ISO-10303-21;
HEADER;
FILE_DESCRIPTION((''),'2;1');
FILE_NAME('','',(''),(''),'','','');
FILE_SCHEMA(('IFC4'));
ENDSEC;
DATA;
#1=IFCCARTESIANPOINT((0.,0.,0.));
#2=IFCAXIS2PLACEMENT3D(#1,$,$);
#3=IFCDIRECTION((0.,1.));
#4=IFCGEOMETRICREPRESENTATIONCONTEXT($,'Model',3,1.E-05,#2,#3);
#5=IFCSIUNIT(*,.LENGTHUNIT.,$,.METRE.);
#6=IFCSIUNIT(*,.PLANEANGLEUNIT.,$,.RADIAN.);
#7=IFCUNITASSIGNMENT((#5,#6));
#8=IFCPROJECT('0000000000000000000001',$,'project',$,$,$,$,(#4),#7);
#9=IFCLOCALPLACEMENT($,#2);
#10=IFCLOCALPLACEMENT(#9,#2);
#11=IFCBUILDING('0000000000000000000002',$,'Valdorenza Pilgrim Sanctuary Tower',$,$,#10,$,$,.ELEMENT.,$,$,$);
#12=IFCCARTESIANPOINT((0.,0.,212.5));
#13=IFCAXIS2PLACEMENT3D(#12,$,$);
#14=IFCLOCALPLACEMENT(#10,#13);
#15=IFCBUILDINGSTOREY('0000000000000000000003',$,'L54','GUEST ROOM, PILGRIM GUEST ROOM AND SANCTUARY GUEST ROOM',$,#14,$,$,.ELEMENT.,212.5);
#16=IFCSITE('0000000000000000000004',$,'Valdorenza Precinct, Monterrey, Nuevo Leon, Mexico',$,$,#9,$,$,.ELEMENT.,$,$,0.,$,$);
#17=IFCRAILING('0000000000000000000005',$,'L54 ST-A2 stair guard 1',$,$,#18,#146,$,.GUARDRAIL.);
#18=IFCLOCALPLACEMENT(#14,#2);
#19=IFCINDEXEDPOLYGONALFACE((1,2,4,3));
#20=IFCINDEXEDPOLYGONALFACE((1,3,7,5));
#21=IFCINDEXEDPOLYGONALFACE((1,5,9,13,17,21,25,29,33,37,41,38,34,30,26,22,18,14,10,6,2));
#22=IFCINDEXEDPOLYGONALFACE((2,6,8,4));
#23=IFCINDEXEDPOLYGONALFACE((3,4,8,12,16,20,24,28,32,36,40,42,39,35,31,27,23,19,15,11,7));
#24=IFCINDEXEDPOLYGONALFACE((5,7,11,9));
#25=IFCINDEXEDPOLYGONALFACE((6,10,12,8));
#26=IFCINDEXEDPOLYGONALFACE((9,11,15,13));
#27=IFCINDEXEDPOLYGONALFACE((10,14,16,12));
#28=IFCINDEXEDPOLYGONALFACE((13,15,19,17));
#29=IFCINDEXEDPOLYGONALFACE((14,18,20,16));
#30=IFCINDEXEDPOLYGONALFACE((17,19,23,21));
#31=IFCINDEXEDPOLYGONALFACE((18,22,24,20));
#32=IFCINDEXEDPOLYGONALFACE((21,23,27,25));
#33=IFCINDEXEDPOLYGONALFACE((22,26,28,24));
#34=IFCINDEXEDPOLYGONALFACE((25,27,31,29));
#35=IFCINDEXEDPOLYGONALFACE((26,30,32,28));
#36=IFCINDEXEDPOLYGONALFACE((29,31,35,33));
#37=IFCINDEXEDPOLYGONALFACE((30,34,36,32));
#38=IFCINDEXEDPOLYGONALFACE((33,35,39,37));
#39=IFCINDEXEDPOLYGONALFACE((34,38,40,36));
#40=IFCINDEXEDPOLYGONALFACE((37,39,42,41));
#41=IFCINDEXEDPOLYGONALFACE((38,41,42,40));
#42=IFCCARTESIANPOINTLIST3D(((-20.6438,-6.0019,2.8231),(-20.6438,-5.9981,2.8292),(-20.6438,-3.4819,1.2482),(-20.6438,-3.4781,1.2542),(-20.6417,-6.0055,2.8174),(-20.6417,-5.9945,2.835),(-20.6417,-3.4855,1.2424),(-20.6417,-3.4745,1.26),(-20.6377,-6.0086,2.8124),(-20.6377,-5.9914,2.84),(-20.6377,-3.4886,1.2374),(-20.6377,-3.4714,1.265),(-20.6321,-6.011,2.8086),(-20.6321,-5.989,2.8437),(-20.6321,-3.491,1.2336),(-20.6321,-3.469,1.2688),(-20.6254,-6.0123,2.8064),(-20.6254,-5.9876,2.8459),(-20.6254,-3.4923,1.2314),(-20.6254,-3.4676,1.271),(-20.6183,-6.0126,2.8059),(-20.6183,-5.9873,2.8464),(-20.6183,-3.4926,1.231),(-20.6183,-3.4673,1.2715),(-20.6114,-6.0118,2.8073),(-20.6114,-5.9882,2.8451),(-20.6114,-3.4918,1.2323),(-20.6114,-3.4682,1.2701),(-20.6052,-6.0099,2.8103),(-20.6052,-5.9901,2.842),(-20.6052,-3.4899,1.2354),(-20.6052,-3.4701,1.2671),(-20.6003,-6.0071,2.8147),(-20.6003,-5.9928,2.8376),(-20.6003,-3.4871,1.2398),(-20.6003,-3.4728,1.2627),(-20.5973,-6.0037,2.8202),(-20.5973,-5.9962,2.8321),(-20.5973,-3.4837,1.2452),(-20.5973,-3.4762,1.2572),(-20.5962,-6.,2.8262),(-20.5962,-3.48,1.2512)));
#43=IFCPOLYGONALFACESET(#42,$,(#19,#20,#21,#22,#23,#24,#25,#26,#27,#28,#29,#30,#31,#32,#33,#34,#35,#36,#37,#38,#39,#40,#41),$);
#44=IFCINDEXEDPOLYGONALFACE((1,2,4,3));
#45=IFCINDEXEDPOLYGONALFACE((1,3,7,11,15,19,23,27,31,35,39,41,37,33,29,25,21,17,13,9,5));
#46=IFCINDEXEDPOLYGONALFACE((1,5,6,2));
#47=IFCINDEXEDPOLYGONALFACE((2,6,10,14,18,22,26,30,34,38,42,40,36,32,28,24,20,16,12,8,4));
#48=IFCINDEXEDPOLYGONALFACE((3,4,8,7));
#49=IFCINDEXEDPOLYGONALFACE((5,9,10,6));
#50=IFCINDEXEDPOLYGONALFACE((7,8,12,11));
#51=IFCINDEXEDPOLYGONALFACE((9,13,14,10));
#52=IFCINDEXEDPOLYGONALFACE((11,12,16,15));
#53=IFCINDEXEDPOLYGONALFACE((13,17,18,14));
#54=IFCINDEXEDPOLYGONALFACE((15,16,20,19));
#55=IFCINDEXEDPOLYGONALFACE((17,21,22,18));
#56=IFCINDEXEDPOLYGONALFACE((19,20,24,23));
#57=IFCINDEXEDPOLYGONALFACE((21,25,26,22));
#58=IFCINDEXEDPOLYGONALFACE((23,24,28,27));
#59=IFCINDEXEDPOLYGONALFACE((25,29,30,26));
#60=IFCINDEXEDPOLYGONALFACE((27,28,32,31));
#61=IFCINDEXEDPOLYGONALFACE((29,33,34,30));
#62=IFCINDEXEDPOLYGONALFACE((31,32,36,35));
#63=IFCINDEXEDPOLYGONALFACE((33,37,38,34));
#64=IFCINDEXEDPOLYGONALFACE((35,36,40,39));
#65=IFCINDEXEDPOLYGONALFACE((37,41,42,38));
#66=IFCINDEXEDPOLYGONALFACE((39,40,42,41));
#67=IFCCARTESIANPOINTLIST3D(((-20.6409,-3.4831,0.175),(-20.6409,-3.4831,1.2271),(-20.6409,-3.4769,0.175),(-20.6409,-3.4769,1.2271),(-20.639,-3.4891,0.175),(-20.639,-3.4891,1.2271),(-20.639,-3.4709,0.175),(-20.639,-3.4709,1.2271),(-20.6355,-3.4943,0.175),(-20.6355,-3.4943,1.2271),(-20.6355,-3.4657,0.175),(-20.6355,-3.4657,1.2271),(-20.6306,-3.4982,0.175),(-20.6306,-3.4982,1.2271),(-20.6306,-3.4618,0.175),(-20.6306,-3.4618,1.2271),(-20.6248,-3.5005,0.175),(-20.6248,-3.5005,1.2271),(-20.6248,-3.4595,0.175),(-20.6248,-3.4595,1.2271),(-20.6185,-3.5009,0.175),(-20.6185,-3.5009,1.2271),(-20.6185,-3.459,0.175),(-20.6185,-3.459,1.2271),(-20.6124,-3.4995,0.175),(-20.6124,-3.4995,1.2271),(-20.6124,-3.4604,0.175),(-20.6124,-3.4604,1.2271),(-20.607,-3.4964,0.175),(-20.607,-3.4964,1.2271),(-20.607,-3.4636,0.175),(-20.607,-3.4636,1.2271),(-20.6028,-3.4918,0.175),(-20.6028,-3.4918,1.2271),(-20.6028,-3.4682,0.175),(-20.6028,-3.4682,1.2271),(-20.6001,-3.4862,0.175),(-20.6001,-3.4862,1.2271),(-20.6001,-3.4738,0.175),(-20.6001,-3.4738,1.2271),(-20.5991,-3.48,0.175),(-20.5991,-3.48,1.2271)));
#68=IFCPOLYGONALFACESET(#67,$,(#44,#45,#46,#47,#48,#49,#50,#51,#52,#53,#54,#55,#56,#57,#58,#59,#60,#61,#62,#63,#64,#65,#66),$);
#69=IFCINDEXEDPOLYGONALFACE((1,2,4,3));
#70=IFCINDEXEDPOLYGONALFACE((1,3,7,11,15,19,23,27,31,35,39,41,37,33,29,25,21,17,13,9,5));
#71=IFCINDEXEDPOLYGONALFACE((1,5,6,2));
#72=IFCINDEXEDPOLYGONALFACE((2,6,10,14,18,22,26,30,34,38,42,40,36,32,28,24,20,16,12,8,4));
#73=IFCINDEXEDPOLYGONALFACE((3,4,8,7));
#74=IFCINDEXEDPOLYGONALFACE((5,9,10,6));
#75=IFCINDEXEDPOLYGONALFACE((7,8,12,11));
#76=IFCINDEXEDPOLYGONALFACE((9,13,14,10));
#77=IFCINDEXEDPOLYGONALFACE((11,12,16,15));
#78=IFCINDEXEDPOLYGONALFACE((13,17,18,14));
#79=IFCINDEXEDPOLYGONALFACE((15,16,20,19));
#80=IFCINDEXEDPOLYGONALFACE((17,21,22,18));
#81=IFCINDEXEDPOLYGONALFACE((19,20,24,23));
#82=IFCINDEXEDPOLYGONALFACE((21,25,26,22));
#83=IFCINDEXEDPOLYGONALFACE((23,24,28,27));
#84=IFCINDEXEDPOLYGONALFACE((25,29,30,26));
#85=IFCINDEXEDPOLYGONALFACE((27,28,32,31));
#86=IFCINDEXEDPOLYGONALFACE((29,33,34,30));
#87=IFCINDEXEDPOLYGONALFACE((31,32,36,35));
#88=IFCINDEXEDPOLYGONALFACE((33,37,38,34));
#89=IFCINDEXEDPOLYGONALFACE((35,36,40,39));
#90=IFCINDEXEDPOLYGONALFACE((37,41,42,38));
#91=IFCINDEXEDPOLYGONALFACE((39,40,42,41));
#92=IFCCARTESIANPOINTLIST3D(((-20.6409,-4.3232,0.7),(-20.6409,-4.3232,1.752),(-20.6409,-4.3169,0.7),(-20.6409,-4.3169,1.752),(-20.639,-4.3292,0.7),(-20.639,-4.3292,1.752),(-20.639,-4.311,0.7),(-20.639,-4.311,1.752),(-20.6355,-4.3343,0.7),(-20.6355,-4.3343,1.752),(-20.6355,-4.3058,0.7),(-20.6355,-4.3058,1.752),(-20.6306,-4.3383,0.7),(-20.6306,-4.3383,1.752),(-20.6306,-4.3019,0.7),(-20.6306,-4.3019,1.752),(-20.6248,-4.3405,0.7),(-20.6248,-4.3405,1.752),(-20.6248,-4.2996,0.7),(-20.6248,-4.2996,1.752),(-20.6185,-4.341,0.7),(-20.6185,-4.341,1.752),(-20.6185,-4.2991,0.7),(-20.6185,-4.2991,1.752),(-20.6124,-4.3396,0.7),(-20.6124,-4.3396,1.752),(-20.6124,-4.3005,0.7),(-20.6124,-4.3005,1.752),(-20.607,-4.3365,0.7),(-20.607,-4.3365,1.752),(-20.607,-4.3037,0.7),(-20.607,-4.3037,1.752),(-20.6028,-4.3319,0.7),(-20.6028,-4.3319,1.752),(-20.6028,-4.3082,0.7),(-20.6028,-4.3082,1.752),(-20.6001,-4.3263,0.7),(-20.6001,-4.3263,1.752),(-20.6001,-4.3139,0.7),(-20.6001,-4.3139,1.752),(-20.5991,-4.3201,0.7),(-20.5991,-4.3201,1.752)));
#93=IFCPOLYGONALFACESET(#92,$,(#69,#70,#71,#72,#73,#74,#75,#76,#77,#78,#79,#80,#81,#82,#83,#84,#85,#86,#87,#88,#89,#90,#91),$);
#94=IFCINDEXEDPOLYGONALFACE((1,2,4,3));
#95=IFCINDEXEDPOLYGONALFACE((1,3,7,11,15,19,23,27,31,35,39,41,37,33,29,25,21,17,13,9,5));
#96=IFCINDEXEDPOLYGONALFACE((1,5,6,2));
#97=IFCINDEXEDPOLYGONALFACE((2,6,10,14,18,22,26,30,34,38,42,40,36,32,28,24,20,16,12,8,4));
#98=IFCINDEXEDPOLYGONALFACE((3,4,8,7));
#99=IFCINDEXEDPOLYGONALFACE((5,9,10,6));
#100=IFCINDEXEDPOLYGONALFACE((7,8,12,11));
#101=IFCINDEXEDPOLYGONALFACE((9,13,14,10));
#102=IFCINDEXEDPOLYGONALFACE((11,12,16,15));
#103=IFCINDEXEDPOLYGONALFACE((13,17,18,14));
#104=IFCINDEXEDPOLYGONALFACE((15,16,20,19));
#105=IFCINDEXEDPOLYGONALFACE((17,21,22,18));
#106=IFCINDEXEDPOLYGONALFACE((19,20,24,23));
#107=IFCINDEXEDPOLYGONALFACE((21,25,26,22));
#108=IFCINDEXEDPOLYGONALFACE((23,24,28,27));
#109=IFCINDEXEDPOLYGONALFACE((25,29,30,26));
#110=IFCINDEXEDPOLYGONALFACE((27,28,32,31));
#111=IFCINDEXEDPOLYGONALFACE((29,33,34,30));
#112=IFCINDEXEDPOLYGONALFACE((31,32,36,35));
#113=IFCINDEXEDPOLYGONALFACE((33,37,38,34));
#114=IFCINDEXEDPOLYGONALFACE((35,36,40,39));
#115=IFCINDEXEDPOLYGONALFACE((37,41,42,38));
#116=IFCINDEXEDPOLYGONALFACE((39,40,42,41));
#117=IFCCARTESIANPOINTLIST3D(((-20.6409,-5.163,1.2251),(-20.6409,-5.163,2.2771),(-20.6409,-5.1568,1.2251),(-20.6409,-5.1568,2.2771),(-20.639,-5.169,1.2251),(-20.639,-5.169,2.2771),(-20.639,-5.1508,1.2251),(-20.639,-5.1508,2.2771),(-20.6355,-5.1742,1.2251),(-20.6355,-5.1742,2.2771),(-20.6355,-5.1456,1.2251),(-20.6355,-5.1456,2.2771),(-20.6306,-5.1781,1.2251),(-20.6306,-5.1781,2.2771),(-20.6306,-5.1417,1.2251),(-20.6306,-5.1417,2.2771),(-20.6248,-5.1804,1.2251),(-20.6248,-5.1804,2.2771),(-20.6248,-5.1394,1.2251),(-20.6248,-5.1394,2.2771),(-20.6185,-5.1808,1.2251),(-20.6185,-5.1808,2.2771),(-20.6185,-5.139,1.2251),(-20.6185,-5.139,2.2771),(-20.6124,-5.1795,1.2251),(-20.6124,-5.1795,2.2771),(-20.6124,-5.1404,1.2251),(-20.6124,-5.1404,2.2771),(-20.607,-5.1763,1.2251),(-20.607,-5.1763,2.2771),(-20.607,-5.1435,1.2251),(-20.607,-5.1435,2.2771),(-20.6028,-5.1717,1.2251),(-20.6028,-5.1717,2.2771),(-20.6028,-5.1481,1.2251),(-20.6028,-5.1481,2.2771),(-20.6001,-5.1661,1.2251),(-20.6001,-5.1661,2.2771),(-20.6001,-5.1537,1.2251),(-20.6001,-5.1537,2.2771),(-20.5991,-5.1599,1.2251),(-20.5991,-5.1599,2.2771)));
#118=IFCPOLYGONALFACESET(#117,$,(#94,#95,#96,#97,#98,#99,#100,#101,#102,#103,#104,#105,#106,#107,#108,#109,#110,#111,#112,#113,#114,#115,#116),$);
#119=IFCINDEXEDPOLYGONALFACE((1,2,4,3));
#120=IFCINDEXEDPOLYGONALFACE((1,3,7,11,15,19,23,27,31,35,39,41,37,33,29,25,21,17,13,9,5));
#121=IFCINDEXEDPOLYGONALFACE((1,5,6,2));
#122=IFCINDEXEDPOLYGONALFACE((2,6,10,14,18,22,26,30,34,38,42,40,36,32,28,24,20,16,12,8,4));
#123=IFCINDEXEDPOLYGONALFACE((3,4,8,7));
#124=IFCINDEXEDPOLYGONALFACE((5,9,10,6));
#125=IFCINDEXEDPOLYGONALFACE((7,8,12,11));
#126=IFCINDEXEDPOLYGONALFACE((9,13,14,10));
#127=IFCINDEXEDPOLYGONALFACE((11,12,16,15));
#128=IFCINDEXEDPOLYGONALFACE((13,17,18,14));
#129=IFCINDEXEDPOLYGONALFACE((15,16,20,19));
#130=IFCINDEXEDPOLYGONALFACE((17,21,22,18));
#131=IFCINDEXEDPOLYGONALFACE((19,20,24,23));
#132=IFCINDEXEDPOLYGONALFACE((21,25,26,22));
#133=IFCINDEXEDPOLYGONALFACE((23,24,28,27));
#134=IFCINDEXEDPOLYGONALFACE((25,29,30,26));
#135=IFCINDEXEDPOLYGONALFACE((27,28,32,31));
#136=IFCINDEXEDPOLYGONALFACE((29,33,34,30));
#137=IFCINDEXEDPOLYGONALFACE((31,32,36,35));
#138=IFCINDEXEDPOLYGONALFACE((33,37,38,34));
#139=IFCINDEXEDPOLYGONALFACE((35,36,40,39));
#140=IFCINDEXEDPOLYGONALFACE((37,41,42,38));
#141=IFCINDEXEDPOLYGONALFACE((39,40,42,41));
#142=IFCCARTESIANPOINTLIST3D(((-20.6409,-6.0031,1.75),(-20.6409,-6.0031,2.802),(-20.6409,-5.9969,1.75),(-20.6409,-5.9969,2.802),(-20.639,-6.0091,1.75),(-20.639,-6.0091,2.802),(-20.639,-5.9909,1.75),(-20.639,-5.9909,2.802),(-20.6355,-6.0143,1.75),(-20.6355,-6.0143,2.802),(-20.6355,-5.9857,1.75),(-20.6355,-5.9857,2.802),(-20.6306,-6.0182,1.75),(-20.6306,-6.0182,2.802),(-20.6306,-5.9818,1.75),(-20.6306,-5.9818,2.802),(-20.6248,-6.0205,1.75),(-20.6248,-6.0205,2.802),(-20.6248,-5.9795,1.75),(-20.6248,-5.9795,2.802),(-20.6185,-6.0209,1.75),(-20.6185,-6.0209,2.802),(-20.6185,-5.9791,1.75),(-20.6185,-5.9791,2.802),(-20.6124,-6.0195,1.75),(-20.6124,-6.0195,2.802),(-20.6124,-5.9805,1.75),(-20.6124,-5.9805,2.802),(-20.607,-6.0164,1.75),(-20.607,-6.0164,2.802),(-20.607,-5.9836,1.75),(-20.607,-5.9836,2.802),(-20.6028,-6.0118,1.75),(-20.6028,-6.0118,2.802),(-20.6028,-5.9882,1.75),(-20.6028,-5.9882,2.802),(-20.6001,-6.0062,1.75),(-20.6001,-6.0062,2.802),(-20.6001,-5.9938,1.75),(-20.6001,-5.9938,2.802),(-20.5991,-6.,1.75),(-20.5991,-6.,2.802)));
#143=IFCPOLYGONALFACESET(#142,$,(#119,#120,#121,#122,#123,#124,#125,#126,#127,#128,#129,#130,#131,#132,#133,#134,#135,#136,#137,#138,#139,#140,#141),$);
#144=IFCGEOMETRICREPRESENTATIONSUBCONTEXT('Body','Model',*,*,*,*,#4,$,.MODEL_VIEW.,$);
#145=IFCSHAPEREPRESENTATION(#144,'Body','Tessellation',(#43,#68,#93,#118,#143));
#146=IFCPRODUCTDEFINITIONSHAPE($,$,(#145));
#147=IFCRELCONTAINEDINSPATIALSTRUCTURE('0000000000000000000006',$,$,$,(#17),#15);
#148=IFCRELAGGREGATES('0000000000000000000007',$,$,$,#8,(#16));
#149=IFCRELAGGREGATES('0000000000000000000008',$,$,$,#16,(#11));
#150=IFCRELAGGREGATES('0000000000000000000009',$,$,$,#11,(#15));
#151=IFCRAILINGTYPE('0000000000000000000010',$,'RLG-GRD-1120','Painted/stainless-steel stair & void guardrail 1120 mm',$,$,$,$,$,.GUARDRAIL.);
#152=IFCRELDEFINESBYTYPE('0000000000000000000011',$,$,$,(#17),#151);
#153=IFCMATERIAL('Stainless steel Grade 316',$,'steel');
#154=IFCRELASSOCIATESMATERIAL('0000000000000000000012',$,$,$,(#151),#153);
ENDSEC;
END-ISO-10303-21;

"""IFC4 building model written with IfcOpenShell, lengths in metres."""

from ifc_helpers import new_model, si_unit, direction, frame, origin, origin_2d, place, context, subcontext, project, spatial, circle, extrude, material, type_object, element, save


model = new_model("IFC4")

# Units and contexts
model_context = context("Model", 3, precision=1e-05, world=origin(), true_north=direction((0.0, 1.0)))
body_context = subcontext(model_context, "Body", "Model", "MODEL_VIEW")
ifc_project = project(units=[si_unit("LENGTHUNIT", "METRE"), si_unit("PLANEANGLEUNIT", "RADIAN")], contexts=[model_context])

# Site, building, storey
site_placement = place(None, origin())
site = spatial("IfcSite", under=ifc_project, at=site_placement, Name="Valdorenza Precinct, Monterrey, Nuevo Leon, Mexico", CompositionType="ELEMENT", RefElevation=0.0)
building_placement = place(site_placement, origin())
building = spatial("IfcBuilding", under=site, at=building_placement, Name="Valdorenza Pilgrim Sanctuary Tower", CompositionType="ELEMENT")
storey_placement = place(building_placement, frame((0.0, 0.0, 212.5)))
storey = spatial("IfcBuildingStorey", under=building, at=storey_placement, Name="L54", Description="GUEST ROOM, PILGRIM GUEST ROOM AND SANCTUARY GUEST ROOM", CompositionType="ELEMENT", Elevation=212.5)

# Railing
ifc_material_1 = material(Name="Stainless steel Grade 316", Category="steel")
railing_type_1 = type_object("IfcRailingType", Name="RLG-GRD-1120", Description="Painted/stainless-steel stair & void guardrail 1120 mm", PredefinedType="GUARDRAIL", material=ifc_material_1)
railing_1_placement = place(storey_placement, frame((-20.6201, -3.48, 0.175)))
element("IfcRailing", 1, at=railing_1_placement, inside=storey, type_object=railing_type_1, Name="L54 ST-A2 stair guard 1", PredefinedType="GUARDRAIL", context=body_context, shape_type="SweptSolid", body=[
    extrude(circle(Radius=0.0239, at=origin_2d()), frame((0.0, 0.0, 1.0762), z_axis=(0.0, -0.848008, 0.529984), x_axis=(1.0, 0.0, 0.0)), (0.0, 0.0, 1.0), 2.9717),
    extrude(circle(Radius=0.021, at=origin_2d()), origin(), (0.0, 0.0, 1.0), 1.052),
    extrude(circle(Radius=0.021, at=origin_2d()), frame((0.0, -0.8401, 0.5249)), (0.0, 0.0, 1.0), 1.052),
    extrude(circle(Radius=0.021, at=origin_2d()), frame((0.0, -1.6799, 1.05)), (0.0, 0.0, 1.0), 1.052),
    extrude(circle(Radius=0.021, at=origin_2d()), frame((0.0, -2.52, 1.575)), (0.0, 0.0, 1.0), 1.052),
])

save(model, "model.ifc")
